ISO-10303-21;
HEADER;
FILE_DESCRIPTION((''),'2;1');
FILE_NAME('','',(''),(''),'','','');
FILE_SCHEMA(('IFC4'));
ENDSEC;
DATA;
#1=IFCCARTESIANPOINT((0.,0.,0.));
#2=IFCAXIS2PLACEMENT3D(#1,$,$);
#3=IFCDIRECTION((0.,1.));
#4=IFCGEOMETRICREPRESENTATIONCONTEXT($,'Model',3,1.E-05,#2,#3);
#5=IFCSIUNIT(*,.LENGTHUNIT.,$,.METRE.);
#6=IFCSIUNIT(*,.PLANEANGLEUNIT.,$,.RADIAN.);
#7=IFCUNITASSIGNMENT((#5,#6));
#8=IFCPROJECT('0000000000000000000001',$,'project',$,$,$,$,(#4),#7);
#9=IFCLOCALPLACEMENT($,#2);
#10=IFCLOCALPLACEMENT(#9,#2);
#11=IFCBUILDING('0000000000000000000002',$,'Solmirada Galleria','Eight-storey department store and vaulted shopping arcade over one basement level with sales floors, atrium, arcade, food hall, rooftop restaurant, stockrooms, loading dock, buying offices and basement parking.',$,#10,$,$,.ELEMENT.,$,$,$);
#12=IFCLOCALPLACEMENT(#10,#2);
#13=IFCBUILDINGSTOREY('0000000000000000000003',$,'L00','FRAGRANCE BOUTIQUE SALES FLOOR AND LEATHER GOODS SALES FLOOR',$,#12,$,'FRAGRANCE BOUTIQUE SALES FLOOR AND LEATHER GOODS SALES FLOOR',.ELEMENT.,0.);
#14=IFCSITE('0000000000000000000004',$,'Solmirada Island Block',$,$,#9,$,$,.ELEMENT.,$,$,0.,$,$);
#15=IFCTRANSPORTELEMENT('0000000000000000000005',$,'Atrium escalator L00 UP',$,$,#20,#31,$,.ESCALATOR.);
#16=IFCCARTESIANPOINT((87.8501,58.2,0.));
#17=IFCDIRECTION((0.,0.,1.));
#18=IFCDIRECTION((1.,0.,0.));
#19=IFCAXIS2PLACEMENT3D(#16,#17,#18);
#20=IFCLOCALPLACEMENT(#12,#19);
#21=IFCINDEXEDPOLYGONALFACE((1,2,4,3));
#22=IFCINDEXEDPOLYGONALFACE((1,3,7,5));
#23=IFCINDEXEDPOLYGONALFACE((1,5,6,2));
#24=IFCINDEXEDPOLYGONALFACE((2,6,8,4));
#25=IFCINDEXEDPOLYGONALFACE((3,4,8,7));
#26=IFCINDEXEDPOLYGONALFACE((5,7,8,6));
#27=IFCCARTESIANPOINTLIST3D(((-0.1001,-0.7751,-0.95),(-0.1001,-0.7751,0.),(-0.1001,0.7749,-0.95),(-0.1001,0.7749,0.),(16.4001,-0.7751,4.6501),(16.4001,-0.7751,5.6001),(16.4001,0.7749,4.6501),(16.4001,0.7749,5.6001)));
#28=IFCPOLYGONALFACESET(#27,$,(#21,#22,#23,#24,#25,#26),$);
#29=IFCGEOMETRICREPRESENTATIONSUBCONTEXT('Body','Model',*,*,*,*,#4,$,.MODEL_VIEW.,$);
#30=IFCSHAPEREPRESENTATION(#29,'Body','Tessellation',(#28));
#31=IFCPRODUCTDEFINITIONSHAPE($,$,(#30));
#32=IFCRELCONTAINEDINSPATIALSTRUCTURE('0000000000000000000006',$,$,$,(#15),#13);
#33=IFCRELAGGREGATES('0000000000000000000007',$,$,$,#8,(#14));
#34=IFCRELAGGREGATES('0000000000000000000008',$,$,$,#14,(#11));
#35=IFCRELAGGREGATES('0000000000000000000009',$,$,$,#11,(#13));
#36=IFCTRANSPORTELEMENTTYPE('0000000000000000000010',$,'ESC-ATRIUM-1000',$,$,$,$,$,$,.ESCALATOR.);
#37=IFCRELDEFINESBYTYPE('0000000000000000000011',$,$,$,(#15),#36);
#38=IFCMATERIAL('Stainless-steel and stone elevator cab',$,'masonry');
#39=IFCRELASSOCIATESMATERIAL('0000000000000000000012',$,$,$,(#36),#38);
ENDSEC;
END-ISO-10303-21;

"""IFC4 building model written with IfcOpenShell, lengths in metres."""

from ifc_helpers import new_model, si_unit, direction, frame, origin, place, context, subcontext, project, spatial, polyline, outline, extrude, material, type_object, element, save


model = new_model("IFC4")

# Units and contexts
model_context = context("Model", 3, precision=1e-05, world=origin(), true_north=direction((0.0, 1.0)))
body_context = subcontext(model_context, "Body", "Model", "MODEL_VIEW")
ifc_project = project(units=[si_unit("LENGTHUNIT", "METRE"), si_unit("PLANEANGLEUNIT", "RADIAN")], contexts=[model_context])

# Site, building, storey
site_placement = place(None, origin())
site = spatial("IfcSite", under=ifc_project, at=site_placement, Name="Solmirada Island Block", CompositionType="ELEMENT", RefElevation=0.0)
building_placement = place(site_placement, origin())
building = spatial("IfcBuilding", under=site, at=building_placement, Name="Solmirada Galleria", Description="Eight-storey department store and vaulted shopping arcade over one basement level with sales floors, atrium, arcade, food hall, rooftop restaurant, stockrooms, loading dock, buying offices and basement parking.", CompositionType="ELEMENT")
storey_placement = place(building_placement, origin())
storey = spatial("IfcBuildingStorey", under=building, at=storey_placement, Name="L00", Description="FRAGRANCE BOUTIQUE SALES FLOOR AND LEATHER GOODS SALES FLOOR", LongName="FRAGRANCE BOUTIQUE SALES FLOOR AND LEATHER GOODS SALES FLOOR", CompositionType="ELEMENT", Elevation=0.0)

# Transport element
ifc_material_1 = material(Name="Stainless-steel and stone elevator cab", Category="masonry")
transport_element_type = type_object("IfcTransportElementType", Name="ESC-ATRIUM-1000", PredefinedType="ESCALATOR", material=ifc_material_1)
transport_element_placement = place(storey_placement, frame((87.8501, 58.2, 0.0), z_axis=(0.0, 0.0, 1.0), x_axis=(1.0, 0.0, 0.0)))
element("IfcTransportElement", 1, at=transport_element_placement, inside=storey, type_object=transport_element_type, Name="Atrium escalator L00 UP", PredefinedType="ESCALATOR", context=body_context, shape_type="SweptSolid", body=[
    extrude(outline(polyline([(-0.1001, 0.0), (16.4001, 5.6001), (16.4001, 4.6501), (-0.1001, -0.95), (-0.1001, 0.0)])), frame((0.0, 0.7749, 0.0), z_axis=(0.0, -1.0, 0.0), x_axis=(1.0, 0.0, 0.0)), (0.0, 0.0, 1.0), 1.55),
])

save(model, "model.ifc")
